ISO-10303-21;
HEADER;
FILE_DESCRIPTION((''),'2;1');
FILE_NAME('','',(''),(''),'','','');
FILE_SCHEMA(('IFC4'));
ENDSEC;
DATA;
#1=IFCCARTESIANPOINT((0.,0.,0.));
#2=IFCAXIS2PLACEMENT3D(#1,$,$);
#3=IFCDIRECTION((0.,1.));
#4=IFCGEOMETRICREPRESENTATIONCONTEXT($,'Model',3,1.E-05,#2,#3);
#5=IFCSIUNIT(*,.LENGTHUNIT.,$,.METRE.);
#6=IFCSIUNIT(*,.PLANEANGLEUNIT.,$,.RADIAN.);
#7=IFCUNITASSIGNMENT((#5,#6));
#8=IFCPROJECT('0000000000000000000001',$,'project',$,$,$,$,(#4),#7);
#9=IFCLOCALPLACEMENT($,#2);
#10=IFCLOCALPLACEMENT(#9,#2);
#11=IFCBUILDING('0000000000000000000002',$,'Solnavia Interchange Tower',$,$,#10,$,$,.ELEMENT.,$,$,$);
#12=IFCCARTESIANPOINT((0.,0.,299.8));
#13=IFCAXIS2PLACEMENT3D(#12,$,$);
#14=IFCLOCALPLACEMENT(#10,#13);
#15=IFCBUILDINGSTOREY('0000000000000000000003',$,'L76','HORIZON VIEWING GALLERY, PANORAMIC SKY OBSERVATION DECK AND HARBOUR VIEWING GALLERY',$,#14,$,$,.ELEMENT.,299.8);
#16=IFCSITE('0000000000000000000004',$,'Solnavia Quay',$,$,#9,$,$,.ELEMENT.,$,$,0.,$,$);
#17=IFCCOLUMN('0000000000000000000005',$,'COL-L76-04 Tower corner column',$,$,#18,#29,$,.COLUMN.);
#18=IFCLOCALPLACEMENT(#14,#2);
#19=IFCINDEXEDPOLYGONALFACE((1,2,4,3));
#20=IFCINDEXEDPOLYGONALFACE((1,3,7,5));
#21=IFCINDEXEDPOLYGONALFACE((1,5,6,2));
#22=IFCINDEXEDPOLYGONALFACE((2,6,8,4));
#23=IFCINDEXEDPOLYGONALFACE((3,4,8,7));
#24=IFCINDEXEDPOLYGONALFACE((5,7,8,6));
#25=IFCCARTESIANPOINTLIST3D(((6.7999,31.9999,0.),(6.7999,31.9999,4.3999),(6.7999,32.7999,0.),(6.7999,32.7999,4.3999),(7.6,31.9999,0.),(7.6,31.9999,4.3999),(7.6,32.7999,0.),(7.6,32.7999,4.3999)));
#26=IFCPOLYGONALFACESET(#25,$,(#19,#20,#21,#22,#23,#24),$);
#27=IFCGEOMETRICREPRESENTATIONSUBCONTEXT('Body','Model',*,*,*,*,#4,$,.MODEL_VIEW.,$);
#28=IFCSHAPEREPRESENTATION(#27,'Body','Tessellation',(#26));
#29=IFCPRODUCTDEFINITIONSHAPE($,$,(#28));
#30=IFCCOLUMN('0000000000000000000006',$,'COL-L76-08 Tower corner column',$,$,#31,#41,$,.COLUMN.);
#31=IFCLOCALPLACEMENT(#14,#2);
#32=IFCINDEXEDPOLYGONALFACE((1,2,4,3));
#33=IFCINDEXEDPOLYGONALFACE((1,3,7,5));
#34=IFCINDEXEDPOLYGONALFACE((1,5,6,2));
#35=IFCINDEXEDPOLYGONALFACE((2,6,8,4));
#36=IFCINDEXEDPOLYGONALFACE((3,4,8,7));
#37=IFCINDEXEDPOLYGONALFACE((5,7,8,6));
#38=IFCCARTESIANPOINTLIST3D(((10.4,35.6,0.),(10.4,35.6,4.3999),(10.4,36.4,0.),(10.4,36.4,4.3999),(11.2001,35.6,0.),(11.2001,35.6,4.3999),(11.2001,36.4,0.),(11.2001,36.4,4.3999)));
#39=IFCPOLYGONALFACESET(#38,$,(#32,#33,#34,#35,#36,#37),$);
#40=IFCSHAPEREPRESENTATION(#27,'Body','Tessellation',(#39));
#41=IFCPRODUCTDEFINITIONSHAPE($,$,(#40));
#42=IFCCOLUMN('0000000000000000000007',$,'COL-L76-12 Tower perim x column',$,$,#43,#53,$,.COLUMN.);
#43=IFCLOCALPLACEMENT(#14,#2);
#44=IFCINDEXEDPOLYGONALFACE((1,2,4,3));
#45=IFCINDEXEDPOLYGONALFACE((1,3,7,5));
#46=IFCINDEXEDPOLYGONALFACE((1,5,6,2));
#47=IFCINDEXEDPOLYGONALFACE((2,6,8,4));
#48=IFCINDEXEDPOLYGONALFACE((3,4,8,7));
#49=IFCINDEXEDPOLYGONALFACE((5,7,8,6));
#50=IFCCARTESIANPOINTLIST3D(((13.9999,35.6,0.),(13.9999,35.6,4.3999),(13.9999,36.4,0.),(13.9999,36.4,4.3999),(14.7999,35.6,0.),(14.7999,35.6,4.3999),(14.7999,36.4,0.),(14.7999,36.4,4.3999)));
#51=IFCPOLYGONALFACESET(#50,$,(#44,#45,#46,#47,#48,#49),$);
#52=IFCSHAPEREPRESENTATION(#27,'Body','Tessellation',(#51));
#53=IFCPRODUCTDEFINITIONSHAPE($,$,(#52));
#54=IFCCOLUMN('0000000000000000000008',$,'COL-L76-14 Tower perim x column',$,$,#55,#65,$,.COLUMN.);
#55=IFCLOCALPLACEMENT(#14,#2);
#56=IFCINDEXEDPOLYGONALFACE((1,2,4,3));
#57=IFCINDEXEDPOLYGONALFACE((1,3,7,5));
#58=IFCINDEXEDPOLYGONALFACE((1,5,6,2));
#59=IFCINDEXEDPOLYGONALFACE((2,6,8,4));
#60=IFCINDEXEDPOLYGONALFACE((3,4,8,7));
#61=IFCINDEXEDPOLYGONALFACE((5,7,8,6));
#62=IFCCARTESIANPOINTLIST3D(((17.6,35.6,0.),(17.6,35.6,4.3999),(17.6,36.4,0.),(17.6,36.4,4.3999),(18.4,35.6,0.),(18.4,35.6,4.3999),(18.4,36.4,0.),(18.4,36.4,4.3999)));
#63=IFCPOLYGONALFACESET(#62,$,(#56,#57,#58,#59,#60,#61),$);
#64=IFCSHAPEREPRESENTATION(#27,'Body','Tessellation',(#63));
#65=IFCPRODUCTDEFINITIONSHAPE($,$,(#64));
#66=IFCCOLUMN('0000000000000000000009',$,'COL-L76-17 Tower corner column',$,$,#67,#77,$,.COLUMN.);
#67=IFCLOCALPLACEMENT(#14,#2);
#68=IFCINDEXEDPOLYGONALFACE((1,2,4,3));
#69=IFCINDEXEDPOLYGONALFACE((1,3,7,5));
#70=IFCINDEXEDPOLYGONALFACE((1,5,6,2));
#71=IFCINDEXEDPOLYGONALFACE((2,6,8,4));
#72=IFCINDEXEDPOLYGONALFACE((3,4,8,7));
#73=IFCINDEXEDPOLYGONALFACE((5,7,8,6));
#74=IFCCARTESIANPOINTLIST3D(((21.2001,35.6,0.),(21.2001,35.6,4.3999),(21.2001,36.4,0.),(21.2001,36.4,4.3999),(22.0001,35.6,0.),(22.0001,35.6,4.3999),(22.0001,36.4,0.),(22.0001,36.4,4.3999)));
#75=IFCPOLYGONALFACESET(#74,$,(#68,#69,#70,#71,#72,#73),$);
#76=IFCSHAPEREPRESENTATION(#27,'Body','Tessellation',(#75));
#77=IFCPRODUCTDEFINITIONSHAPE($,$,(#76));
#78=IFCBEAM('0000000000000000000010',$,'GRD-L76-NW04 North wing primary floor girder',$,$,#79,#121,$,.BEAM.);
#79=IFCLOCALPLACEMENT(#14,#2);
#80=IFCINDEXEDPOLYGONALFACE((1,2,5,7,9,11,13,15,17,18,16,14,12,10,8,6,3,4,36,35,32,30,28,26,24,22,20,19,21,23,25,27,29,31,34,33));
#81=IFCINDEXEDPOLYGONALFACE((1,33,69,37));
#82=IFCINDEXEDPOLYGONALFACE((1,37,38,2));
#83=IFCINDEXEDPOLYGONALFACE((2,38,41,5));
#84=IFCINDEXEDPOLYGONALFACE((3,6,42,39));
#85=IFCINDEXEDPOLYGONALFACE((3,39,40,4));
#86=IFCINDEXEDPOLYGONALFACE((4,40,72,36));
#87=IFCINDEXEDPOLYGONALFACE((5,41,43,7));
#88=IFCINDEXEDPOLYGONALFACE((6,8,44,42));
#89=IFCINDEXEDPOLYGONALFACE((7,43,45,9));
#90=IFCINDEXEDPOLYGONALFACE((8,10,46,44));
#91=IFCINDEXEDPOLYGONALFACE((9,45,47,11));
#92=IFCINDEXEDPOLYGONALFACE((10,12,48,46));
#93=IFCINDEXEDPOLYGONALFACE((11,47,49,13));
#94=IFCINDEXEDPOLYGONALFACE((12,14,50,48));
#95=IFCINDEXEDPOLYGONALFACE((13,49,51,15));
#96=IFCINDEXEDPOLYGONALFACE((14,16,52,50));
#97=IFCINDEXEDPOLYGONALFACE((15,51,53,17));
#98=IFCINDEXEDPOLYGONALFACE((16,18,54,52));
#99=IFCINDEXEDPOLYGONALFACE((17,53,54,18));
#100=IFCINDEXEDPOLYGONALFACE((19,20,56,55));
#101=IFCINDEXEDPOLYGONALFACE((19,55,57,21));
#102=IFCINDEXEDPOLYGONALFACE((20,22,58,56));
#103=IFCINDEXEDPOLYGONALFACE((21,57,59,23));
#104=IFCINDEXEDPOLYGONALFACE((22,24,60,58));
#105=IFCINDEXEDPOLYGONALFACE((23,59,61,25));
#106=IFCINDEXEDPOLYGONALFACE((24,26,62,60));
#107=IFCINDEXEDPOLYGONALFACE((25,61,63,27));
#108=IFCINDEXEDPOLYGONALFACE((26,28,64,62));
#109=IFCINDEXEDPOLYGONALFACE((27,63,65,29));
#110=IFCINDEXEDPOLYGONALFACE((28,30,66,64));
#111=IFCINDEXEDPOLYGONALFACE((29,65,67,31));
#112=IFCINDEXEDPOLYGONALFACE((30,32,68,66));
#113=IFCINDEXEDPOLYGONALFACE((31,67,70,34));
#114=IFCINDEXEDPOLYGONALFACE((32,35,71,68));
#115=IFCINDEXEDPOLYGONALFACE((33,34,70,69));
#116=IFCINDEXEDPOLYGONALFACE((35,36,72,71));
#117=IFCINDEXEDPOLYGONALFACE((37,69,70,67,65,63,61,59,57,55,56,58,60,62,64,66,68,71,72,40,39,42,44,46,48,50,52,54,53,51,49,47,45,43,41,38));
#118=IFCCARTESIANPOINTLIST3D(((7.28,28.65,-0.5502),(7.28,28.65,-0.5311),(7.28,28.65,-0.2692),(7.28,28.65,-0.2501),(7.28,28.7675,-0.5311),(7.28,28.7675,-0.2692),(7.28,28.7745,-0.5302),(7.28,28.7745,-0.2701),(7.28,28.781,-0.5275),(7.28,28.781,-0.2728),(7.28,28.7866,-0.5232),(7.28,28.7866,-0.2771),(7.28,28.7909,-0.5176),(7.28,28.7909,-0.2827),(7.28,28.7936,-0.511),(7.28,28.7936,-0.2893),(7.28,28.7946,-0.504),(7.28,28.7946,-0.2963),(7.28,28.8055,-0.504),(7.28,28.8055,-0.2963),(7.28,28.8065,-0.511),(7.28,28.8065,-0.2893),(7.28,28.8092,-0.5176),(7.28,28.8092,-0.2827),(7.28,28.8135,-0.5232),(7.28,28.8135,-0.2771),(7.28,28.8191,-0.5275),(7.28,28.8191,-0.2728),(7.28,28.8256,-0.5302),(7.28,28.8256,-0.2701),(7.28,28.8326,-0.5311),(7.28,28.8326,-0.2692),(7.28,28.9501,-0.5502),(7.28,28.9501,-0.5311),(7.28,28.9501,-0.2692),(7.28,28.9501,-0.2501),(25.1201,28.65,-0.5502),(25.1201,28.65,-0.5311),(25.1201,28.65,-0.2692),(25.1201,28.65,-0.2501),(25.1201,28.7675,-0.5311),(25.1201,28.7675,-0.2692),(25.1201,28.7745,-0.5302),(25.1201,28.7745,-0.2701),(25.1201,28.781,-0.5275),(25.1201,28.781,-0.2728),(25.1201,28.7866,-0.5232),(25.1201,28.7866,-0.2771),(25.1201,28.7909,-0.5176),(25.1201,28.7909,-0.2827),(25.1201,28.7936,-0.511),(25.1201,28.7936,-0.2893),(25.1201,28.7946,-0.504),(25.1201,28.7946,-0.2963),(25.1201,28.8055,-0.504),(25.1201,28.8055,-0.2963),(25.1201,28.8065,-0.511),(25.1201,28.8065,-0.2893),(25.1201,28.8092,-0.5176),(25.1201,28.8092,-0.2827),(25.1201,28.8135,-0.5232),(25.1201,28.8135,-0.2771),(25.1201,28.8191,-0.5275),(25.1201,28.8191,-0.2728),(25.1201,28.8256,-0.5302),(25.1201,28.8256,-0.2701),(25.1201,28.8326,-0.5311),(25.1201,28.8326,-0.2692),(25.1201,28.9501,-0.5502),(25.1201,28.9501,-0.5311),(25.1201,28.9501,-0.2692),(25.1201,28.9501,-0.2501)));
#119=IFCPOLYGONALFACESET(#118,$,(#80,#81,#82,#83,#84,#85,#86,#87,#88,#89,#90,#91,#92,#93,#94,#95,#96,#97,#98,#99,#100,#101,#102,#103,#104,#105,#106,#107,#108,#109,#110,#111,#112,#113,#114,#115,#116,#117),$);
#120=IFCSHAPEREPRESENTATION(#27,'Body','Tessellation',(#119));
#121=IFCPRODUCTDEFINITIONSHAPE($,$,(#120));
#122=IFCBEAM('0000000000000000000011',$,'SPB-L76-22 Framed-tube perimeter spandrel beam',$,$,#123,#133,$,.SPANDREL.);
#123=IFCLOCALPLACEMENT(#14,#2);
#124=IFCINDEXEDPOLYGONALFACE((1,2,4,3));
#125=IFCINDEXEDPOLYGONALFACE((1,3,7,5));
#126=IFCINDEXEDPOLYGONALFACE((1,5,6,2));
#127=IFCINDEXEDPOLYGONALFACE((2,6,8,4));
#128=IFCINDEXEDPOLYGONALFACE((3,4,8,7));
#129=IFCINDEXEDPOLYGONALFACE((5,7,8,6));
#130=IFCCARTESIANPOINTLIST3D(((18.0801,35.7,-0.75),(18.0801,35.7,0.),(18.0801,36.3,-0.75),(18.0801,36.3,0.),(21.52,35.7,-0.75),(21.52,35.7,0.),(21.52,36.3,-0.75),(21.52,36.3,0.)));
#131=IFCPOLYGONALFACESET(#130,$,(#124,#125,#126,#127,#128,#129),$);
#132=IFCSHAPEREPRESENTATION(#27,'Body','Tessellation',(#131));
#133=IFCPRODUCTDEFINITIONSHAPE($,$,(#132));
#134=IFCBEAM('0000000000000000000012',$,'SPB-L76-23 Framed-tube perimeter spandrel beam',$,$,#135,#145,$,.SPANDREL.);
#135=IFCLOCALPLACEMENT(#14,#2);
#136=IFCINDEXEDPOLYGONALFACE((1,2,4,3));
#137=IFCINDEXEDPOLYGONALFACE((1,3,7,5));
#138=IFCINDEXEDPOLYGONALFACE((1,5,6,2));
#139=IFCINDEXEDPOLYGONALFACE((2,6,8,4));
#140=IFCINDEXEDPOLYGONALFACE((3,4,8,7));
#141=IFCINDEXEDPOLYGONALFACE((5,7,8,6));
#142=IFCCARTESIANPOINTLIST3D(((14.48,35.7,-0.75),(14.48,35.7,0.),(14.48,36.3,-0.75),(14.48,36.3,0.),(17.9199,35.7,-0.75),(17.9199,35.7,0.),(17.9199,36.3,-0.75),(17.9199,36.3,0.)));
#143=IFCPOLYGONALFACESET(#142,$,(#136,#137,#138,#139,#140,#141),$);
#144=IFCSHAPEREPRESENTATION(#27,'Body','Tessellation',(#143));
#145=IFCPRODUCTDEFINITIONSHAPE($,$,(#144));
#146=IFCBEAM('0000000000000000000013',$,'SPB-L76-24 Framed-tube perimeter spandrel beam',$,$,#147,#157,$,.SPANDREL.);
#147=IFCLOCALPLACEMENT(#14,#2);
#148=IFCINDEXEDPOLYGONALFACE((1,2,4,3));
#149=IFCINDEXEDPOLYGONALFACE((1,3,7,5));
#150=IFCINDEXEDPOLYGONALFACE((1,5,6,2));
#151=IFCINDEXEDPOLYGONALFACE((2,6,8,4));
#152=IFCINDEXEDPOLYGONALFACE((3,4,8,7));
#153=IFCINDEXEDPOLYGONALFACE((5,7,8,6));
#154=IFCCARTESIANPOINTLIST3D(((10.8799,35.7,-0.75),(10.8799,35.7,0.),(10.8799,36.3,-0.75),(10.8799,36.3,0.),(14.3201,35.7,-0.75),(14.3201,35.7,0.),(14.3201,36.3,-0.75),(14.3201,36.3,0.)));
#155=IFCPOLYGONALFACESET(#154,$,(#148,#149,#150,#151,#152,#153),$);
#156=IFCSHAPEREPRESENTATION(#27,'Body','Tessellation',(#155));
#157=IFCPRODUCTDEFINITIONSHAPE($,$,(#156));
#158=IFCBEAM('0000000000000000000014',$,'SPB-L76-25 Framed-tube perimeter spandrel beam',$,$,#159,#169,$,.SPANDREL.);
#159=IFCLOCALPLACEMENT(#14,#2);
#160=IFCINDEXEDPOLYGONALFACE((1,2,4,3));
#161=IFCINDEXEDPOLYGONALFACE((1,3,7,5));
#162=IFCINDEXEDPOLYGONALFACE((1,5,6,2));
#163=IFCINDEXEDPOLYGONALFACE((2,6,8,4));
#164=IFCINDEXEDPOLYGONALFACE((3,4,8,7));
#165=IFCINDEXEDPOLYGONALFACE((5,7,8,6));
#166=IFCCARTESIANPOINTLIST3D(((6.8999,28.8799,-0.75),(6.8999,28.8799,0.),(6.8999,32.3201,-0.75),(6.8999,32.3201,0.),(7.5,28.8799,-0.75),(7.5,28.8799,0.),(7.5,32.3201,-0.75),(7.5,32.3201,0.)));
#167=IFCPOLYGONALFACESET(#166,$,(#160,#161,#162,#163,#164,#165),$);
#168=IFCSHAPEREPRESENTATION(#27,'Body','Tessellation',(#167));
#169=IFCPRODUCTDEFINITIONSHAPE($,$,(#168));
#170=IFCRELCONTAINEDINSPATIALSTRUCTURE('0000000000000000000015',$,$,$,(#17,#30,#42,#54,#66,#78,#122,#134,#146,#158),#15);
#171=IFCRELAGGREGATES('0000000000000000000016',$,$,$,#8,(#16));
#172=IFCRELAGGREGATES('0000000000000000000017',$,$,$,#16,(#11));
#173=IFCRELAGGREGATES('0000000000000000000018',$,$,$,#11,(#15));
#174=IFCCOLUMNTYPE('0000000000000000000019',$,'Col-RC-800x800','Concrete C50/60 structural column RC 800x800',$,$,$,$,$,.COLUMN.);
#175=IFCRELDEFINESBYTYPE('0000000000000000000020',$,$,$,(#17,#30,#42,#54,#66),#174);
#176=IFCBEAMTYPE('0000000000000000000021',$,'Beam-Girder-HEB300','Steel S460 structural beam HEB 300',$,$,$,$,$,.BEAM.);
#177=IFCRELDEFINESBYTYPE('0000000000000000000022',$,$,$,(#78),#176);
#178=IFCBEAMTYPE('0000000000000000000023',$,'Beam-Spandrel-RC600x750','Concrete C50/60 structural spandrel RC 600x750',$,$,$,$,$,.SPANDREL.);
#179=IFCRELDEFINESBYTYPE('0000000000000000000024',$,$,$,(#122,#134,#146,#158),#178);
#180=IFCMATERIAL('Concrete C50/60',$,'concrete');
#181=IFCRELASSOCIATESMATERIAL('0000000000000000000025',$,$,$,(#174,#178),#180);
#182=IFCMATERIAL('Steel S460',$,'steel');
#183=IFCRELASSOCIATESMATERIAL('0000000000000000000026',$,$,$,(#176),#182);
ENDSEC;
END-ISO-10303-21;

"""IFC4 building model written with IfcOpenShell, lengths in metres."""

from ifc_helpers import new_model, si_unit, direction, frame, origin, origin_2d, place, context, subcontext, project, spatial, rectangle, i_section, extrude, material, material_profile, profile_set, type_object, element, save


model = new_model("IFC4")

# Units and contexts
model_context = context("Model", 3, precision=1e-05, world=origin(), true_north=direction((0.0, 1.0)))
body_context = subcontext(model_context, "Body", "Model", "MODEL_VIEW")
ifc_project = project(units=[si_unit("LENGTHUNIT", "METRE"), si_unit("PLANEANGLEUNIT", "RADIAN")], contexts=[model_context])

# Site, building, storey
site_placement = place(None, origin())
site = spatial("IfcSite", under=ifc_project, at=site_placement, Name="Solnavia Quay", CompositionType="ELEMENT", RefElevation=0.0)
building_placement = place(site_placement, origin())
building = spatial("IfcBuilding", under=site, at=building_placement, Name="Solnavia Interchange Tower", CompositionType="ELEMENT")
storey_placement = place(building_placement, frame((0.0, 0.0, 299.8)))
storey = spatial("IfcBuildingStorey", under=building, at=storey_placement, Name="L76", Description="HORIZON VIEWING GALLERY, PANORAMIC SKY OBSERVATION DECK AND HARBOUR VIEWING GALLERY", CompositionType="ELEMENT", Elevation=299.8)

# Columns
ifc_material_1 = material(Name="Concrete C50/60", Category="concrete")
ifc_material_profile_1 = material_profile(ifc_material_1, rectangle(XDim=0.8, YDim=0.8, at=origin_2d()), Name="RC 800x800")
ifc_profile_set_1 = profile_set([ifc_material_profile_1], Name="Concrete C50/60")
column_type = type_object("IfcColumnType", Name="Col-RC-800x800", Description="Concrete C50/60 structural column RC 800x800", PredefinedType="COLUMN", material=ifc_profile_set_1)
for number, where, z_axis, x_axis, name in (
    (1, (7.2, 32.3999, 0.0), (0.0, 0.0, 1.0), (0.0, 1.0, 0.0), "COL-L76-04 Tower corner column"),
    (2, (10.8, 36.0, 0.0), (0.0, 0.0, 1.0), (1.0, 0.0, 0.0), "COL-L76-08 Tower corner column"),
    (3, (14.3999, 36.0, 0.0), (0.0, 0.0, 1.0), (1.0, 0.0, 0.0), "COL-L76-12 Tower perim x column"),
    (4, (18.0, 36.0, 0.0), (0.0, 0.0, 1.0), (1.0, 0.0, 0.0), "COL-L76-14 Tower perim x column"),
    (5, (21.6001, 36.0, 0.0), (0.0, 0.0, 1.0), (1.0, 0.0, 0.0), "COL-L76-17 Tower corner column"),
):
    element("IfcColumn", number, at=place(storey_placement, frame(where, z_axis=z_axis, x_axis=x_axis)), inside=storey, type_object=column_type, Name=name, PredefinedType="COLUMN", context=body_context, shape_type="SweptSolid", body=[
        extrude(rectangle(XDim=0.8, YDim=0.8, at=origin_2d()), origin(), (0.0, 0.0, 1.0), 4.3999),
    ])

# Beams
ifc_material_2 = material(Name="Steel S460", Category="steel")
ifc_material_profile_2 = material_profile(ifc_material_2, i_section(OverallWidth=0.3, OverallDepth=0.3, WebThickness=0.011, FlangeThickness=0.019, FilletRadius=0.0271, at=origin_2d()), Name="HEB 300")
ifc_profile_set_2 = profile_set([ifc_material_profile_2], Name="Steel S460")
beam_type_1 = type_object("IfcBeamType", Name="Beam-Girder-HEB300", Description="Steel S460 structural beam HEB 300", PredefinedType="BEAM", material=ifc_profile_set_2)
beam_placement = place(storey_placement, frame((7.28, 28.8, -0.4001), z_axis=(1.0, 0.0, 0.0), x_axis=(0.0, 1.0, 0.0)))
element("IfcBeam", 6, at=beam_placement, inside=storey, type_object=beam_type_1, Name="GRD-L76-NW04 North wing primary floor girder", PredefinedType="BEAM", context=body_context, shape_type="SweptSolid", body=[
    extrude(i_section(OverallWidth=0.3, OverallDepth=0.3, WebThickness=0.011, FlangeThickness=0.019, FilletRadius=0.0271, at=origin_2d()), origin(), (0.0, 0.0, 1.0), 17.8401),
])
ifc_material_profile_3 = material_profile(ifc_material_1, rectangle(XDim=0.6001, YDim=0.75, at=origin_2d()), Name="RC 600x750")
ifc_profile_set_3 = profile_set([ifc_material_profile_3], Name="Concrete C50/60")
beam_type_2 = type_object("IfcBeamType", Name="Beam-Spandrel-RC600x750", Description="Concrete C50/60 structural spandrel RC 600x750", PredefinedType="SPANDREL", material=ifc_profile_set_3)
for number, where, z_axis, x_axis, name in (
    (7, (21.52, 36.0, -0.375), (-1.0, 0.0, 0.0), (0.0, -1.0, 0.0), "SPB-L76-22 Framed-tube perimeter spandrel beam"),
    (8, (17.9199, 36.0, -0.375), (-1.0, 0.0, 0.0), (0.0, -1.0, 0.0), "SPB-L76-23 Framed-tube perimeter spandrel beam"),
):
    element("IfcBeam", number, at=place(storey_placement, frame(where, z_axis=z_axis, x_axis=x_axis)), inside=storey, type_object=beam_type_2, Name=name, PredefinedType="SPANDREL", context=body_context, shape_type="SweptSolid", body=[
        extrude(rectangle(XDim=0.6001, YDim=0.75, at=origin_2d()), origin(), (0.0, 0.0, 1.0), 3.4399),
    ])
for number, where, z_axis, x_axis, name in (
    (9, (14.3201, 36.0, -0.375), (-1.0, 0.0, 0.0), (0.0, -1.0, 0.0), "SPB-L76-24 Framed-tube perimeter spandrel beam"),
    (10, (7.2, 32.3201, -0.375), (0.0, -1.0, 0.0), (1.0, 0.0, 0.0), "SPB-L76-25 Framed-tube perimeter spandrel beam"),
):
    element("IfcBeam", number, at=place(storey_placement, frame(where, z_axis=z_axis, x_axis=x_axis)), inside=storey, type_object=beam_type_2, Name=name, PredefinedType="SPANDREL", context=body_context, shape_type="SweptSolid", body=[
        extrude(rectangle(XDim=0.6001, YDim=0.75, at=origin_2d()), origin(), (0.0, 0.0, 1.0), 3.4402),
    ])

save(model, "model.ifc")
